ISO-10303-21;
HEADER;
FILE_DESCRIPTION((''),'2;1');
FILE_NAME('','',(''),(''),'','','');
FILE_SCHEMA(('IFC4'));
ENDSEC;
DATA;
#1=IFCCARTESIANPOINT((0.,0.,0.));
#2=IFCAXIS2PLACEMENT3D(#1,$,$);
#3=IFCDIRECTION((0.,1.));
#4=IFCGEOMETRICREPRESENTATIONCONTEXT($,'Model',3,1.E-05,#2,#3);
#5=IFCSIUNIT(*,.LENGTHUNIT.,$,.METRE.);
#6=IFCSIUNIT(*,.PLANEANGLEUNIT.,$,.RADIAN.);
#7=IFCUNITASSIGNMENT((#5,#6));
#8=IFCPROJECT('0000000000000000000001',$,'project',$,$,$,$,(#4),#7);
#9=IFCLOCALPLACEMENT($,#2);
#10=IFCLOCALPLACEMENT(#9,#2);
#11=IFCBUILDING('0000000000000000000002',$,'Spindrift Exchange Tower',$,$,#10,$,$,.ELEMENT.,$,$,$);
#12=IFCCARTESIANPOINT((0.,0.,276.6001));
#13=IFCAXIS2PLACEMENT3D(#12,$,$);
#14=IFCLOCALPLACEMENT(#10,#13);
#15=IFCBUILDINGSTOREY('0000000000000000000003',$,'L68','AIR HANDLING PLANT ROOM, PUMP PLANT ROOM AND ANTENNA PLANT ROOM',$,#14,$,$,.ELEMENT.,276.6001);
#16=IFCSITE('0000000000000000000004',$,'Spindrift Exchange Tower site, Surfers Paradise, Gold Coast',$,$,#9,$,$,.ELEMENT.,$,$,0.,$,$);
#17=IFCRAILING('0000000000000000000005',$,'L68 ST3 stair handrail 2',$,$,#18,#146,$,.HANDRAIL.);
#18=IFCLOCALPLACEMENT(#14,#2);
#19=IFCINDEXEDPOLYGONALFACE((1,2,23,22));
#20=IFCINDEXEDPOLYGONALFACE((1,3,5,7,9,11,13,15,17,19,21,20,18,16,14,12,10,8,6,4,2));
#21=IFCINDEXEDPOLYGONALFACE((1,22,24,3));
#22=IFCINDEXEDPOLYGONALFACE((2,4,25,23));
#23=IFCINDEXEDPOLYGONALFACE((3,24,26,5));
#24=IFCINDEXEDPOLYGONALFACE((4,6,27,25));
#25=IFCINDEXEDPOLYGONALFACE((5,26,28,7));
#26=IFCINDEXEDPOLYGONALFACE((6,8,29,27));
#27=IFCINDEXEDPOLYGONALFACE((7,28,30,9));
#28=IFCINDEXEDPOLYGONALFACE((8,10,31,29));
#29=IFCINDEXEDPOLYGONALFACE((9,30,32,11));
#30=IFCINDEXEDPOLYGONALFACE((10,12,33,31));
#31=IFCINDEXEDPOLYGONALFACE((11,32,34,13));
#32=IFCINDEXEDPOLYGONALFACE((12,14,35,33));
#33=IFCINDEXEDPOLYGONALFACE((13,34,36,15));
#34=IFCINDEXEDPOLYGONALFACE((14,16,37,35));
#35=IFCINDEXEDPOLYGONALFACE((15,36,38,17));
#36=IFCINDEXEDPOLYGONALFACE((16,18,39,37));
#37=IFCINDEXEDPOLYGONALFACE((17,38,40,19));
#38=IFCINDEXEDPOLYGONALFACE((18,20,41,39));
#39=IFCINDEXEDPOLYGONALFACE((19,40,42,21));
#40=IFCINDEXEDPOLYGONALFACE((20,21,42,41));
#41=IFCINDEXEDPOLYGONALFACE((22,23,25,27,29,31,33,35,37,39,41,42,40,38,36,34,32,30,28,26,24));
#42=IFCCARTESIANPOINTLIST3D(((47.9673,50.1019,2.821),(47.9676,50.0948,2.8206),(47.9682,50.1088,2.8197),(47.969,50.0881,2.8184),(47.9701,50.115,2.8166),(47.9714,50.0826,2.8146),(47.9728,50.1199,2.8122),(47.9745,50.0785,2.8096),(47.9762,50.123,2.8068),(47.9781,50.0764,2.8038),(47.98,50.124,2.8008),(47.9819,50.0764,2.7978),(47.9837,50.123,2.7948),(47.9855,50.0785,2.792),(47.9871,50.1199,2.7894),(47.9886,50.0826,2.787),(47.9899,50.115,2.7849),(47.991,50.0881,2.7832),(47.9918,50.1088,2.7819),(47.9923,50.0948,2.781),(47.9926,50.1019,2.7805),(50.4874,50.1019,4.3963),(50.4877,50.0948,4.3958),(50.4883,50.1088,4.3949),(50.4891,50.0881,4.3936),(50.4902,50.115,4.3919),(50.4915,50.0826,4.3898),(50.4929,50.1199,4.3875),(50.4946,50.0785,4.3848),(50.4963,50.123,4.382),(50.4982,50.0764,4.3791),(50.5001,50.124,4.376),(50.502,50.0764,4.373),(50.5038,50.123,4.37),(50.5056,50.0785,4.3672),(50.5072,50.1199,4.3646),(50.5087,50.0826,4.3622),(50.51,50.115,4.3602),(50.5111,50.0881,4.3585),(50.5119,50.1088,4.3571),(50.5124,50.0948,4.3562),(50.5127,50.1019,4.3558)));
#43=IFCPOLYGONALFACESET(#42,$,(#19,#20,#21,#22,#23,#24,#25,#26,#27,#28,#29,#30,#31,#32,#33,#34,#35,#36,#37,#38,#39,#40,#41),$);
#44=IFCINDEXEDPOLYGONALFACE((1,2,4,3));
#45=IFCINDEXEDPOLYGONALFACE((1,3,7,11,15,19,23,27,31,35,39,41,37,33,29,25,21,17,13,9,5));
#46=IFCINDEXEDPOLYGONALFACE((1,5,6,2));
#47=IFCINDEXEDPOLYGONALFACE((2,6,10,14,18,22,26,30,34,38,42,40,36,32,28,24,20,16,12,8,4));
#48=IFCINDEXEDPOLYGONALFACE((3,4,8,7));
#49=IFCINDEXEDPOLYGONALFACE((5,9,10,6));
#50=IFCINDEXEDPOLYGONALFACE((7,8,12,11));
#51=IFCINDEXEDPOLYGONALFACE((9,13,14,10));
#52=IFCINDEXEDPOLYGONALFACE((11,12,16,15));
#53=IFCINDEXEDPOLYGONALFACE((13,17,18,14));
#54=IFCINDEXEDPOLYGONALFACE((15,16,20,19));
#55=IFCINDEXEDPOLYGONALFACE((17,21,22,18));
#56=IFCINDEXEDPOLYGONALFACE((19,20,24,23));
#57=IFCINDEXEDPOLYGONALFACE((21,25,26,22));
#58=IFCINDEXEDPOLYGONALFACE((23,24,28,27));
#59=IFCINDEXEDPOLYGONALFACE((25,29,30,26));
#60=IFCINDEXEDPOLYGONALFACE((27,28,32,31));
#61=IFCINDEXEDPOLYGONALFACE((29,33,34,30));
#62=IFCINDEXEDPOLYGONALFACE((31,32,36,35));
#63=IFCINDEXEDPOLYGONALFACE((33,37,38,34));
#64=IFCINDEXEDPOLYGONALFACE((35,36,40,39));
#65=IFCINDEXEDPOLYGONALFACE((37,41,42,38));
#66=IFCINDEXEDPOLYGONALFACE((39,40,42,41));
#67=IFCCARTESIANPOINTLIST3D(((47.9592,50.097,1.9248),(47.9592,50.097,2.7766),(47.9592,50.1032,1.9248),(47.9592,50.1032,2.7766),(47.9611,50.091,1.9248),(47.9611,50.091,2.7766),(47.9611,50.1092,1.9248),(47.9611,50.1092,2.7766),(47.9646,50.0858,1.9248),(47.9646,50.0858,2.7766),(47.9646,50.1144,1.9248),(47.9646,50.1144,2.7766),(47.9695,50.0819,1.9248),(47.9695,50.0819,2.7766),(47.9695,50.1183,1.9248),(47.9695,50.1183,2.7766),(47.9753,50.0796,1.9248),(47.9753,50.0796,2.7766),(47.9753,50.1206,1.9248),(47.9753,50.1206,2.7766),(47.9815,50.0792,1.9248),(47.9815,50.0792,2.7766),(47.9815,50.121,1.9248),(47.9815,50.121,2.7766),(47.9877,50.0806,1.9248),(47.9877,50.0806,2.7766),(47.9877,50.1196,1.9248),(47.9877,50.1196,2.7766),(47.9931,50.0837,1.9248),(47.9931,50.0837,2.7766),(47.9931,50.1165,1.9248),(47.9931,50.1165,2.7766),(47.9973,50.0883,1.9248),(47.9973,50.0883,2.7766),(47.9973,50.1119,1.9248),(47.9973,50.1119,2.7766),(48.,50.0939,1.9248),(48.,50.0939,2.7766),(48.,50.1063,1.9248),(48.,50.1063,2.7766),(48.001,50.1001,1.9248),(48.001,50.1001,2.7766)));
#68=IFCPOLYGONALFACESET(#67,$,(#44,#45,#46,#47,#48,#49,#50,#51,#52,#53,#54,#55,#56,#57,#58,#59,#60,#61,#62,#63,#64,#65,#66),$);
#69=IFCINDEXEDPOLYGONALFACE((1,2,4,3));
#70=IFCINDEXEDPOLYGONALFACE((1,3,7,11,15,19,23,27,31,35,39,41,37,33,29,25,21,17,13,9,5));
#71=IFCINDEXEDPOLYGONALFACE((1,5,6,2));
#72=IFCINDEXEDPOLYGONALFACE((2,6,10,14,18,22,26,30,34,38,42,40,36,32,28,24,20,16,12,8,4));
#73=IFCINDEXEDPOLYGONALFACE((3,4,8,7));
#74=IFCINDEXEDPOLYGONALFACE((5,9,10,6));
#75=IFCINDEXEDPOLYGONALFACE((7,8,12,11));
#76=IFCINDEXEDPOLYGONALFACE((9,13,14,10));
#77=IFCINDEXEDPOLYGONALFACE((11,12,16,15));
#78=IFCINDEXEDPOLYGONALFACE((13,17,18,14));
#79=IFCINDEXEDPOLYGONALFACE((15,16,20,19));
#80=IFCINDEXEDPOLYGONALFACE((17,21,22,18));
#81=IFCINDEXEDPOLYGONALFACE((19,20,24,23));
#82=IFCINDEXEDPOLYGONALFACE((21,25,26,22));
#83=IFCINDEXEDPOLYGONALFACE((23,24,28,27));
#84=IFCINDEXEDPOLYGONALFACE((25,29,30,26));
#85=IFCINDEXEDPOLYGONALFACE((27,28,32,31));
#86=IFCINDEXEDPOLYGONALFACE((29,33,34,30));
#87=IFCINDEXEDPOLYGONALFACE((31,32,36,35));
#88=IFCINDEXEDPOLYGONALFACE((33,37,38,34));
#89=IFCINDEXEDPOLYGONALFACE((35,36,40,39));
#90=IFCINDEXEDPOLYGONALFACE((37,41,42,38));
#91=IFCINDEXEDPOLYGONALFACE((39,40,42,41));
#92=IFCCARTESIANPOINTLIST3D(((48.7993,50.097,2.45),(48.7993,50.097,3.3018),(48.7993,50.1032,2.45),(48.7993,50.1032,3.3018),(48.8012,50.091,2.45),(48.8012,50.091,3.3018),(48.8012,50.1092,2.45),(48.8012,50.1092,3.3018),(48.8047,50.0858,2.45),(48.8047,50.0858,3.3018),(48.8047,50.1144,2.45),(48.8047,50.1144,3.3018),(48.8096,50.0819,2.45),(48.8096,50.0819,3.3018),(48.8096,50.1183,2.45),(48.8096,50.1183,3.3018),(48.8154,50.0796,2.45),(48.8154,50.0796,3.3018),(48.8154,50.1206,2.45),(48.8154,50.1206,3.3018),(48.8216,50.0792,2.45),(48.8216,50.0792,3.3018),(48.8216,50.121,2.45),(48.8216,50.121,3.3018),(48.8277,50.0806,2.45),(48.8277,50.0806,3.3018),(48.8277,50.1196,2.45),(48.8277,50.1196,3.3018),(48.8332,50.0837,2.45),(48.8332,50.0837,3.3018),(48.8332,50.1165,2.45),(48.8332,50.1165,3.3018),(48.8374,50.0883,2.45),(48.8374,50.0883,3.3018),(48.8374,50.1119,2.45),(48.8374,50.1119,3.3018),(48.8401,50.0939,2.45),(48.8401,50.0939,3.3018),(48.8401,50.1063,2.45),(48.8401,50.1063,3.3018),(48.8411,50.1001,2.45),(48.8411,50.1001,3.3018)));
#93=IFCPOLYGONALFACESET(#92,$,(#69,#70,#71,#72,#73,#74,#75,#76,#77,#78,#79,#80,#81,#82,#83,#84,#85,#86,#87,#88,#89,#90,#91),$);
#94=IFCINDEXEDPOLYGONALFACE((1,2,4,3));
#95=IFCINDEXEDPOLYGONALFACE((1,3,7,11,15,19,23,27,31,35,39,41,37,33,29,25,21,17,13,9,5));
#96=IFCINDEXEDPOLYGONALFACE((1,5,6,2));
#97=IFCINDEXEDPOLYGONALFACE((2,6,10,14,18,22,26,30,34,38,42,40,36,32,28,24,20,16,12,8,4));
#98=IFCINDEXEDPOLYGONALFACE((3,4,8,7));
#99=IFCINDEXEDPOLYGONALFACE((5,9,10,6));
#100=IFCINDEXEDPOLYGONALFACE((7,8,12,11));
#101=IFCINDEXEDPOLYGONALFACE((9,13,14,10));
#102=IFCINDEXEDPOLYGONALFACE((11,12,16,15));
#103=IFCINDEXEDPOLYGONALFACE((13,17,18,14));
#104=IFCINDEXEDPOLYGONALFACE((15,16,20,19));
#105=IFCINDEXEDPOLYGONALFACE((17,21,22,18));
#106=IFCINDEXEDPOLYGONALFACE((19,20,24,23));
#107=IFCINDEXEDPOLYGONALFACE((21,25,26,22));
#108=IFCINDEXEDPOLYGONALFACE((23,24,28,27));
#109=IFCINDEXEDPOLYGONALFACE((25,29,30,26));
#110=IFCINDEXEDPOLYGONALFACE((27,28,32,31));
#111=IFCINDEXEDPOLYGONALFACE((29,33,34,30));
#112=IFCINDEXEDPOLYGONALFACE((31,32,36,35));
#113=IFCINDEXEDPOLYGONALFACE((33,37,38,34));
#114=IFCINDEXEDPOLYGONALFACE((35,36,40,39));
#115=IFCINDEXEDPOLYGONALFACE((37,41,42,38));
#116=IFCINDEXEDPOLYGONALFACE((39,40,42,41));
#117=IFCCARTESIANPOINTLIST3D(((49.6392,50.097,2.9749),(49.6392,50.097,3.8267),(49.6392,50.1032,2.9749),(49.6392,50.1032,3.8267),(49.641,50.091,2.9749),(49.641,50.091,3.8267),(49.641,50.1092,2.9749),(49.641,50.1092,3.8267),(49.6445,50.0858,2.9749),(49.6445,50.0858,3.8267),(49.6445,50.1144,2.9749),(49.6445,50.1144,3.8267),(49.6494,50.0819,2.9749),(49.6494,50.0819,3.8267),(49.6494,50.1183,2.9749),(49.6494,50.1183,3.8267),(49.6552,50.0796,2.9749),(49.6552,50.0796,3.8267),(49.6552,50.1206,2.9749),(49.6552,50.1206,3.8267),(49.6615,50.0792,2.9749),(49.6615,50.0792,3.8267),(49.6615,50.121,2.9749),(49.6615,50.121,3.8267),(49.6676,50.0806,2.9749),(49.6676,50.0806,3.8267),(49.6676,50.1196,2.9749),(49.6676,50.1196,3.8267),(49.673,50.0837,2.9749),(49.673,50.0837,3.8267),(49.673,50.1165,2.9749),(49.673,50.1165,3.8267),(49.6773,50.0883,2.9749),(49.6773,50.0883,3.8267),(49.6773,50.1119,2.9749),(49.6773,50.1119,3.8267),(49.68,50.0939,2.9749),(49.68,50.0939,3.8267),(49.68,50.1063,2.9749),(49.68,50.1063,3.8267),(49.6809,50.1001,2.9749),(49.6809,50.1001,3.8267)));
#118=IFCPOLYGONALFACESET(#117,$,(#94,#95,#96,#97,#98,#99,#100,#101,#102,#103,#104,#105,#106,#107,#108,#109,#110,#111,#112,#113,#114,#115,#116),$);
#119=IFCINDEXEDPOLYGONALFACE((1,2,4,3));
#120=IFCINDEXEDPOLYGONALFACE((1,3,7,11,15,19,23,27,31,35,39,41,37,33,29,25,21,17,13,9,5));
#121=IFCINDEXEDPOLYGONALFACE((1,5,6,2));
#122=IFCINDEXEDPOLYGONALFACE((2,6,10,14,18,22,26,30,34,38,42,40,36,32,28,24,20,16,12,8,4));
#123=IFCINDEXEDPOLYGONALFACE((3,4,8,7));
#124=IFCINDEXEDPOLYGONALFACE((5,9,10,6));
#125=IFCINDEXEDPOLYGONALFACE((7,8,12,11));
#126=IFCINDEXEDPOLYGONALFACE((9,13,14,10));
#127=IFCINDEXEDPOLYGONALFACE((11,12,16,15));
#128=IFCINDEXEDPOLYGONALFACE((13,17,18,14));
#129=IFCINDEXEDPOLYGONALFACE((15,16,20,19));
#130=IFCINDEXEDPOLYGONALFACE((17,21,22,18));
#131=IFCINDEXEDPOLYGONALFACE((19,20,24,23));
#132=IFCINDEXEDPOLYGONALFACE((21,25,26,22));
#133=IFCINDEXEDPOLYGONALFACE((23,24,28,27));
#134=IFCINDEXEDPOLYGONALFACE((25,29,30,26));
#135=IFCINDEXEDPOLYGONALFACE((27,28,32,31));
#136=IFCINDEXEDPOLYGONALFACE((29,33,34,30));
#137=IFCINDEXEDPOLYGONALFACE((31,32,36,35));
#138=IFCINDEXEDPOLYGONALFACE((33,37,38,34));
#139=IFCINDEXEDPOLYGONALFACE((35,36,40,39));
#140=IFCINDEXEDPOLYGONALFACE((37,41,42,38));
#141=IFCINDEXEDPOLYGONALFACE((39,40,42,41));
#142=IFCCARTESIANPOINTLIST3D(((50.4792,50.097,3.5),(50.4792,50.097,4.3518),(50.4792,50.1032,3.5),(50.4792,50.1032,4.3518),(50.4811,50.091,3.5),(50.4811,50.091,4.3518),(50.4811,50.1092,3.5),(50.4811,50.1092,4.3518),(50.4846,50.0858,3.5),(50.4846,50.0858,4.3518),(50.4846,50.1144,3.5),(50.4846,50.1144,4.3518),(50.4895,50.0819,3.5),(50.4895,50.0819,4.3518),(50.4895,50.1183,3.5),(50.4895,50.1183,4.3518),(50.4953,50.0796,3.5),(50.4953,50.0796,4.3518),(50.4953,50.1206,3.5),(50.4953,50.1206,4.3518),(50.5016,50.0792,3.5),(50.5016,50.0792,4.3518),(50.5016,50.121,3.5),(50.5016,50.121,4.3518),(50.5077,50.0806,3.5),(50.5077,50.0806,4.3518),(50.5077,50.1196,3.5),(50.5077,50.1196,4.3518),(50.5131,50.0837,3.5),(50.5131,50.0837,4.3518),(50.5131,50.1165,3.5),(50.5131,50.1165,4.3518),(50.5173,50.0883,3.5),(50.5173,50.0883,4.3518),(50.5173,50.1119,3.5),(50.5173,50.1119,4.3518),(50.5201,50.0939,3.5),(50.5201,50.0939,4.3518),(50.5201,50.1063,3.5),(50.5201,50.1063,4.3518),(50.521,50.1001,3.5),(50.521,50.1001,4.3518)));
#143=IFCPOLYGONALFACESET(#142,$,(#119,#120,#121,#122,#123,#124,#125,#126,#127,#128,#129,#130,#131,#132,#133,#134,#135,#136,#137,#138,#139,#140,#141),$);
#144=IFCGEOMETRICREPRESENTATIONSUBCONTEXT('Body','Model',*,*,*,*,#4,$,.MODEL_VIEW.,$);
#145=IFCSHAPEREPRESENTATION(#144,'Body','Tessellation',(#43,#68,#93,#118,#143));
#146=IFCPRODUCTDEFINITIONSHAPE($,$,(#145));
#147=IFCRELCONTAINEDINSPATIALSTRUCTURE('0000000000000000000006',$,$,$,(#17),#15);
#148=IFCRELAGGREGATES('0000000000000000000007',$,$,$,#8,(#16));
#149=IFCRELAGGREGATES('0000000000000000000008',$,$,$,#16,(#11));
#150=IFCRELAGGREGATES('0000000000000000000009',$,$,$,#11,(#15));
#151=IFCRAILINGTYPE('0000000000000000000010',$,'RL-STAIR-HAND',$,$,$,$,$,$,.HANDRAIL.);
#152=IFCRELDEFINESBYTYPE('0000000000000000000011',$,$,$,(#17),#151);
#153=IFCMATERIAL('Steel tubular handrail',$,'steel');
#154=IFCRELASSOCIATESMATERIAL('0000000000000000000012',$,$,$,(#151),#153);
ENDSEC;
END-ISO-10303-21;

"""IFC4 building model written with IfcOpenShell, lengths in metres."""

from ifc_helpers import new_model, si_unit, direction, frame, origin, origin_2d, place, context, subcontext, project, spatial, circle, extrude, material, type_object, element, save


model = new_model("IFC4")

# Units and contexts
model_context = context("Model", 3, precision=1e-05, world=origin(), true_north=direction((0.0, 1.0)))
body_context = subcontext(model_context, "Body", "Model", "MODEL_VIEW")
ifc_project = project(units=[si_unit("LENGTHUNIT", "METRE"), si_unit("PLANEANGLEUNIT", "RADIAN")], contexts=[model_context])

# Site, building, storey
site_placement = place(None, origin())
site = spatial("IfcSite", under=ifc_project, at=site_placement, Name="Spindrift Exchange Tower site, Surfers Paradise, Gold Coast", CompositionType="ELEMENT", RefElevation=0.0)
building_placement = place(site_placement, origin())
building = spatial("IfcBuilding", under=site, at=building_placement, Name="Spindrift Exchange Tower", CompositionType="ELEMENT")
storey_placement = place(building_placement, frame((0.0, 0.0, 276.6001)))
storey = spatial("IfcBuildingStorey", under=building, at=storey_placement, Name="L68", Description="AIR HANDLING PLANT ROOM, PUMP PLANT ROOM AND ANTENNA PLANT ROOM", CompositionType="ELEMENT", Elevation=276.6001)

# Railing
ifc_material_1 = material(Name="Steel tubular handrail", Category="steel")
railing_type_1 = type_object("IfcRailingType", Name="RL-STAIR-HAND", PredefinedType="HANDRAIL", material=ifc_material_1)
railing_1_placement = place(storey_placement, frame((47.98, 50.1001, 1.9248)))
element("IfcRailing", 1, at=railing_1_placement, inside=storey, type_object=railing_type_1, Name="L68 ST3 stair handrail 2", PredefinedType="HANDRAIL", context=body_context, shape_type="SweptSolid", body=[
    extrude(circle(Radius=0.0239, at=origin_2d()), frame((0.0, 0.0, 0.876), z_axis=(0.847971, 0.0, 0.530043), x_axis=(0.0, 1.0, 0.0)), (0.0, 0.0, 1.0), 2.9719),
    extrude(circle(Radius=0.021, at=origin_2d()), origin(), (0.0, 0.0, 1.0), 0.8518),
    extrude(circle(Radius=0.021, at=origin_2d()), frame((0.8401, 0.0, 0.5251)), (0.0, 0.0, 1.0), 0.8518),
    extrude(circle(Radius=0.021, at=origin_2d()), frame((1.6799, 0.0, 1.05)), (0.0, 0.0, 1.0), 0.8518),
    extrude(circle(Radius=0.021, at=origin_2d()), frame((2.52, 0.0, 1.5752)), (0.0, 0.0, 1.0), 0.8518),
])

save(model, "model.ifc")
